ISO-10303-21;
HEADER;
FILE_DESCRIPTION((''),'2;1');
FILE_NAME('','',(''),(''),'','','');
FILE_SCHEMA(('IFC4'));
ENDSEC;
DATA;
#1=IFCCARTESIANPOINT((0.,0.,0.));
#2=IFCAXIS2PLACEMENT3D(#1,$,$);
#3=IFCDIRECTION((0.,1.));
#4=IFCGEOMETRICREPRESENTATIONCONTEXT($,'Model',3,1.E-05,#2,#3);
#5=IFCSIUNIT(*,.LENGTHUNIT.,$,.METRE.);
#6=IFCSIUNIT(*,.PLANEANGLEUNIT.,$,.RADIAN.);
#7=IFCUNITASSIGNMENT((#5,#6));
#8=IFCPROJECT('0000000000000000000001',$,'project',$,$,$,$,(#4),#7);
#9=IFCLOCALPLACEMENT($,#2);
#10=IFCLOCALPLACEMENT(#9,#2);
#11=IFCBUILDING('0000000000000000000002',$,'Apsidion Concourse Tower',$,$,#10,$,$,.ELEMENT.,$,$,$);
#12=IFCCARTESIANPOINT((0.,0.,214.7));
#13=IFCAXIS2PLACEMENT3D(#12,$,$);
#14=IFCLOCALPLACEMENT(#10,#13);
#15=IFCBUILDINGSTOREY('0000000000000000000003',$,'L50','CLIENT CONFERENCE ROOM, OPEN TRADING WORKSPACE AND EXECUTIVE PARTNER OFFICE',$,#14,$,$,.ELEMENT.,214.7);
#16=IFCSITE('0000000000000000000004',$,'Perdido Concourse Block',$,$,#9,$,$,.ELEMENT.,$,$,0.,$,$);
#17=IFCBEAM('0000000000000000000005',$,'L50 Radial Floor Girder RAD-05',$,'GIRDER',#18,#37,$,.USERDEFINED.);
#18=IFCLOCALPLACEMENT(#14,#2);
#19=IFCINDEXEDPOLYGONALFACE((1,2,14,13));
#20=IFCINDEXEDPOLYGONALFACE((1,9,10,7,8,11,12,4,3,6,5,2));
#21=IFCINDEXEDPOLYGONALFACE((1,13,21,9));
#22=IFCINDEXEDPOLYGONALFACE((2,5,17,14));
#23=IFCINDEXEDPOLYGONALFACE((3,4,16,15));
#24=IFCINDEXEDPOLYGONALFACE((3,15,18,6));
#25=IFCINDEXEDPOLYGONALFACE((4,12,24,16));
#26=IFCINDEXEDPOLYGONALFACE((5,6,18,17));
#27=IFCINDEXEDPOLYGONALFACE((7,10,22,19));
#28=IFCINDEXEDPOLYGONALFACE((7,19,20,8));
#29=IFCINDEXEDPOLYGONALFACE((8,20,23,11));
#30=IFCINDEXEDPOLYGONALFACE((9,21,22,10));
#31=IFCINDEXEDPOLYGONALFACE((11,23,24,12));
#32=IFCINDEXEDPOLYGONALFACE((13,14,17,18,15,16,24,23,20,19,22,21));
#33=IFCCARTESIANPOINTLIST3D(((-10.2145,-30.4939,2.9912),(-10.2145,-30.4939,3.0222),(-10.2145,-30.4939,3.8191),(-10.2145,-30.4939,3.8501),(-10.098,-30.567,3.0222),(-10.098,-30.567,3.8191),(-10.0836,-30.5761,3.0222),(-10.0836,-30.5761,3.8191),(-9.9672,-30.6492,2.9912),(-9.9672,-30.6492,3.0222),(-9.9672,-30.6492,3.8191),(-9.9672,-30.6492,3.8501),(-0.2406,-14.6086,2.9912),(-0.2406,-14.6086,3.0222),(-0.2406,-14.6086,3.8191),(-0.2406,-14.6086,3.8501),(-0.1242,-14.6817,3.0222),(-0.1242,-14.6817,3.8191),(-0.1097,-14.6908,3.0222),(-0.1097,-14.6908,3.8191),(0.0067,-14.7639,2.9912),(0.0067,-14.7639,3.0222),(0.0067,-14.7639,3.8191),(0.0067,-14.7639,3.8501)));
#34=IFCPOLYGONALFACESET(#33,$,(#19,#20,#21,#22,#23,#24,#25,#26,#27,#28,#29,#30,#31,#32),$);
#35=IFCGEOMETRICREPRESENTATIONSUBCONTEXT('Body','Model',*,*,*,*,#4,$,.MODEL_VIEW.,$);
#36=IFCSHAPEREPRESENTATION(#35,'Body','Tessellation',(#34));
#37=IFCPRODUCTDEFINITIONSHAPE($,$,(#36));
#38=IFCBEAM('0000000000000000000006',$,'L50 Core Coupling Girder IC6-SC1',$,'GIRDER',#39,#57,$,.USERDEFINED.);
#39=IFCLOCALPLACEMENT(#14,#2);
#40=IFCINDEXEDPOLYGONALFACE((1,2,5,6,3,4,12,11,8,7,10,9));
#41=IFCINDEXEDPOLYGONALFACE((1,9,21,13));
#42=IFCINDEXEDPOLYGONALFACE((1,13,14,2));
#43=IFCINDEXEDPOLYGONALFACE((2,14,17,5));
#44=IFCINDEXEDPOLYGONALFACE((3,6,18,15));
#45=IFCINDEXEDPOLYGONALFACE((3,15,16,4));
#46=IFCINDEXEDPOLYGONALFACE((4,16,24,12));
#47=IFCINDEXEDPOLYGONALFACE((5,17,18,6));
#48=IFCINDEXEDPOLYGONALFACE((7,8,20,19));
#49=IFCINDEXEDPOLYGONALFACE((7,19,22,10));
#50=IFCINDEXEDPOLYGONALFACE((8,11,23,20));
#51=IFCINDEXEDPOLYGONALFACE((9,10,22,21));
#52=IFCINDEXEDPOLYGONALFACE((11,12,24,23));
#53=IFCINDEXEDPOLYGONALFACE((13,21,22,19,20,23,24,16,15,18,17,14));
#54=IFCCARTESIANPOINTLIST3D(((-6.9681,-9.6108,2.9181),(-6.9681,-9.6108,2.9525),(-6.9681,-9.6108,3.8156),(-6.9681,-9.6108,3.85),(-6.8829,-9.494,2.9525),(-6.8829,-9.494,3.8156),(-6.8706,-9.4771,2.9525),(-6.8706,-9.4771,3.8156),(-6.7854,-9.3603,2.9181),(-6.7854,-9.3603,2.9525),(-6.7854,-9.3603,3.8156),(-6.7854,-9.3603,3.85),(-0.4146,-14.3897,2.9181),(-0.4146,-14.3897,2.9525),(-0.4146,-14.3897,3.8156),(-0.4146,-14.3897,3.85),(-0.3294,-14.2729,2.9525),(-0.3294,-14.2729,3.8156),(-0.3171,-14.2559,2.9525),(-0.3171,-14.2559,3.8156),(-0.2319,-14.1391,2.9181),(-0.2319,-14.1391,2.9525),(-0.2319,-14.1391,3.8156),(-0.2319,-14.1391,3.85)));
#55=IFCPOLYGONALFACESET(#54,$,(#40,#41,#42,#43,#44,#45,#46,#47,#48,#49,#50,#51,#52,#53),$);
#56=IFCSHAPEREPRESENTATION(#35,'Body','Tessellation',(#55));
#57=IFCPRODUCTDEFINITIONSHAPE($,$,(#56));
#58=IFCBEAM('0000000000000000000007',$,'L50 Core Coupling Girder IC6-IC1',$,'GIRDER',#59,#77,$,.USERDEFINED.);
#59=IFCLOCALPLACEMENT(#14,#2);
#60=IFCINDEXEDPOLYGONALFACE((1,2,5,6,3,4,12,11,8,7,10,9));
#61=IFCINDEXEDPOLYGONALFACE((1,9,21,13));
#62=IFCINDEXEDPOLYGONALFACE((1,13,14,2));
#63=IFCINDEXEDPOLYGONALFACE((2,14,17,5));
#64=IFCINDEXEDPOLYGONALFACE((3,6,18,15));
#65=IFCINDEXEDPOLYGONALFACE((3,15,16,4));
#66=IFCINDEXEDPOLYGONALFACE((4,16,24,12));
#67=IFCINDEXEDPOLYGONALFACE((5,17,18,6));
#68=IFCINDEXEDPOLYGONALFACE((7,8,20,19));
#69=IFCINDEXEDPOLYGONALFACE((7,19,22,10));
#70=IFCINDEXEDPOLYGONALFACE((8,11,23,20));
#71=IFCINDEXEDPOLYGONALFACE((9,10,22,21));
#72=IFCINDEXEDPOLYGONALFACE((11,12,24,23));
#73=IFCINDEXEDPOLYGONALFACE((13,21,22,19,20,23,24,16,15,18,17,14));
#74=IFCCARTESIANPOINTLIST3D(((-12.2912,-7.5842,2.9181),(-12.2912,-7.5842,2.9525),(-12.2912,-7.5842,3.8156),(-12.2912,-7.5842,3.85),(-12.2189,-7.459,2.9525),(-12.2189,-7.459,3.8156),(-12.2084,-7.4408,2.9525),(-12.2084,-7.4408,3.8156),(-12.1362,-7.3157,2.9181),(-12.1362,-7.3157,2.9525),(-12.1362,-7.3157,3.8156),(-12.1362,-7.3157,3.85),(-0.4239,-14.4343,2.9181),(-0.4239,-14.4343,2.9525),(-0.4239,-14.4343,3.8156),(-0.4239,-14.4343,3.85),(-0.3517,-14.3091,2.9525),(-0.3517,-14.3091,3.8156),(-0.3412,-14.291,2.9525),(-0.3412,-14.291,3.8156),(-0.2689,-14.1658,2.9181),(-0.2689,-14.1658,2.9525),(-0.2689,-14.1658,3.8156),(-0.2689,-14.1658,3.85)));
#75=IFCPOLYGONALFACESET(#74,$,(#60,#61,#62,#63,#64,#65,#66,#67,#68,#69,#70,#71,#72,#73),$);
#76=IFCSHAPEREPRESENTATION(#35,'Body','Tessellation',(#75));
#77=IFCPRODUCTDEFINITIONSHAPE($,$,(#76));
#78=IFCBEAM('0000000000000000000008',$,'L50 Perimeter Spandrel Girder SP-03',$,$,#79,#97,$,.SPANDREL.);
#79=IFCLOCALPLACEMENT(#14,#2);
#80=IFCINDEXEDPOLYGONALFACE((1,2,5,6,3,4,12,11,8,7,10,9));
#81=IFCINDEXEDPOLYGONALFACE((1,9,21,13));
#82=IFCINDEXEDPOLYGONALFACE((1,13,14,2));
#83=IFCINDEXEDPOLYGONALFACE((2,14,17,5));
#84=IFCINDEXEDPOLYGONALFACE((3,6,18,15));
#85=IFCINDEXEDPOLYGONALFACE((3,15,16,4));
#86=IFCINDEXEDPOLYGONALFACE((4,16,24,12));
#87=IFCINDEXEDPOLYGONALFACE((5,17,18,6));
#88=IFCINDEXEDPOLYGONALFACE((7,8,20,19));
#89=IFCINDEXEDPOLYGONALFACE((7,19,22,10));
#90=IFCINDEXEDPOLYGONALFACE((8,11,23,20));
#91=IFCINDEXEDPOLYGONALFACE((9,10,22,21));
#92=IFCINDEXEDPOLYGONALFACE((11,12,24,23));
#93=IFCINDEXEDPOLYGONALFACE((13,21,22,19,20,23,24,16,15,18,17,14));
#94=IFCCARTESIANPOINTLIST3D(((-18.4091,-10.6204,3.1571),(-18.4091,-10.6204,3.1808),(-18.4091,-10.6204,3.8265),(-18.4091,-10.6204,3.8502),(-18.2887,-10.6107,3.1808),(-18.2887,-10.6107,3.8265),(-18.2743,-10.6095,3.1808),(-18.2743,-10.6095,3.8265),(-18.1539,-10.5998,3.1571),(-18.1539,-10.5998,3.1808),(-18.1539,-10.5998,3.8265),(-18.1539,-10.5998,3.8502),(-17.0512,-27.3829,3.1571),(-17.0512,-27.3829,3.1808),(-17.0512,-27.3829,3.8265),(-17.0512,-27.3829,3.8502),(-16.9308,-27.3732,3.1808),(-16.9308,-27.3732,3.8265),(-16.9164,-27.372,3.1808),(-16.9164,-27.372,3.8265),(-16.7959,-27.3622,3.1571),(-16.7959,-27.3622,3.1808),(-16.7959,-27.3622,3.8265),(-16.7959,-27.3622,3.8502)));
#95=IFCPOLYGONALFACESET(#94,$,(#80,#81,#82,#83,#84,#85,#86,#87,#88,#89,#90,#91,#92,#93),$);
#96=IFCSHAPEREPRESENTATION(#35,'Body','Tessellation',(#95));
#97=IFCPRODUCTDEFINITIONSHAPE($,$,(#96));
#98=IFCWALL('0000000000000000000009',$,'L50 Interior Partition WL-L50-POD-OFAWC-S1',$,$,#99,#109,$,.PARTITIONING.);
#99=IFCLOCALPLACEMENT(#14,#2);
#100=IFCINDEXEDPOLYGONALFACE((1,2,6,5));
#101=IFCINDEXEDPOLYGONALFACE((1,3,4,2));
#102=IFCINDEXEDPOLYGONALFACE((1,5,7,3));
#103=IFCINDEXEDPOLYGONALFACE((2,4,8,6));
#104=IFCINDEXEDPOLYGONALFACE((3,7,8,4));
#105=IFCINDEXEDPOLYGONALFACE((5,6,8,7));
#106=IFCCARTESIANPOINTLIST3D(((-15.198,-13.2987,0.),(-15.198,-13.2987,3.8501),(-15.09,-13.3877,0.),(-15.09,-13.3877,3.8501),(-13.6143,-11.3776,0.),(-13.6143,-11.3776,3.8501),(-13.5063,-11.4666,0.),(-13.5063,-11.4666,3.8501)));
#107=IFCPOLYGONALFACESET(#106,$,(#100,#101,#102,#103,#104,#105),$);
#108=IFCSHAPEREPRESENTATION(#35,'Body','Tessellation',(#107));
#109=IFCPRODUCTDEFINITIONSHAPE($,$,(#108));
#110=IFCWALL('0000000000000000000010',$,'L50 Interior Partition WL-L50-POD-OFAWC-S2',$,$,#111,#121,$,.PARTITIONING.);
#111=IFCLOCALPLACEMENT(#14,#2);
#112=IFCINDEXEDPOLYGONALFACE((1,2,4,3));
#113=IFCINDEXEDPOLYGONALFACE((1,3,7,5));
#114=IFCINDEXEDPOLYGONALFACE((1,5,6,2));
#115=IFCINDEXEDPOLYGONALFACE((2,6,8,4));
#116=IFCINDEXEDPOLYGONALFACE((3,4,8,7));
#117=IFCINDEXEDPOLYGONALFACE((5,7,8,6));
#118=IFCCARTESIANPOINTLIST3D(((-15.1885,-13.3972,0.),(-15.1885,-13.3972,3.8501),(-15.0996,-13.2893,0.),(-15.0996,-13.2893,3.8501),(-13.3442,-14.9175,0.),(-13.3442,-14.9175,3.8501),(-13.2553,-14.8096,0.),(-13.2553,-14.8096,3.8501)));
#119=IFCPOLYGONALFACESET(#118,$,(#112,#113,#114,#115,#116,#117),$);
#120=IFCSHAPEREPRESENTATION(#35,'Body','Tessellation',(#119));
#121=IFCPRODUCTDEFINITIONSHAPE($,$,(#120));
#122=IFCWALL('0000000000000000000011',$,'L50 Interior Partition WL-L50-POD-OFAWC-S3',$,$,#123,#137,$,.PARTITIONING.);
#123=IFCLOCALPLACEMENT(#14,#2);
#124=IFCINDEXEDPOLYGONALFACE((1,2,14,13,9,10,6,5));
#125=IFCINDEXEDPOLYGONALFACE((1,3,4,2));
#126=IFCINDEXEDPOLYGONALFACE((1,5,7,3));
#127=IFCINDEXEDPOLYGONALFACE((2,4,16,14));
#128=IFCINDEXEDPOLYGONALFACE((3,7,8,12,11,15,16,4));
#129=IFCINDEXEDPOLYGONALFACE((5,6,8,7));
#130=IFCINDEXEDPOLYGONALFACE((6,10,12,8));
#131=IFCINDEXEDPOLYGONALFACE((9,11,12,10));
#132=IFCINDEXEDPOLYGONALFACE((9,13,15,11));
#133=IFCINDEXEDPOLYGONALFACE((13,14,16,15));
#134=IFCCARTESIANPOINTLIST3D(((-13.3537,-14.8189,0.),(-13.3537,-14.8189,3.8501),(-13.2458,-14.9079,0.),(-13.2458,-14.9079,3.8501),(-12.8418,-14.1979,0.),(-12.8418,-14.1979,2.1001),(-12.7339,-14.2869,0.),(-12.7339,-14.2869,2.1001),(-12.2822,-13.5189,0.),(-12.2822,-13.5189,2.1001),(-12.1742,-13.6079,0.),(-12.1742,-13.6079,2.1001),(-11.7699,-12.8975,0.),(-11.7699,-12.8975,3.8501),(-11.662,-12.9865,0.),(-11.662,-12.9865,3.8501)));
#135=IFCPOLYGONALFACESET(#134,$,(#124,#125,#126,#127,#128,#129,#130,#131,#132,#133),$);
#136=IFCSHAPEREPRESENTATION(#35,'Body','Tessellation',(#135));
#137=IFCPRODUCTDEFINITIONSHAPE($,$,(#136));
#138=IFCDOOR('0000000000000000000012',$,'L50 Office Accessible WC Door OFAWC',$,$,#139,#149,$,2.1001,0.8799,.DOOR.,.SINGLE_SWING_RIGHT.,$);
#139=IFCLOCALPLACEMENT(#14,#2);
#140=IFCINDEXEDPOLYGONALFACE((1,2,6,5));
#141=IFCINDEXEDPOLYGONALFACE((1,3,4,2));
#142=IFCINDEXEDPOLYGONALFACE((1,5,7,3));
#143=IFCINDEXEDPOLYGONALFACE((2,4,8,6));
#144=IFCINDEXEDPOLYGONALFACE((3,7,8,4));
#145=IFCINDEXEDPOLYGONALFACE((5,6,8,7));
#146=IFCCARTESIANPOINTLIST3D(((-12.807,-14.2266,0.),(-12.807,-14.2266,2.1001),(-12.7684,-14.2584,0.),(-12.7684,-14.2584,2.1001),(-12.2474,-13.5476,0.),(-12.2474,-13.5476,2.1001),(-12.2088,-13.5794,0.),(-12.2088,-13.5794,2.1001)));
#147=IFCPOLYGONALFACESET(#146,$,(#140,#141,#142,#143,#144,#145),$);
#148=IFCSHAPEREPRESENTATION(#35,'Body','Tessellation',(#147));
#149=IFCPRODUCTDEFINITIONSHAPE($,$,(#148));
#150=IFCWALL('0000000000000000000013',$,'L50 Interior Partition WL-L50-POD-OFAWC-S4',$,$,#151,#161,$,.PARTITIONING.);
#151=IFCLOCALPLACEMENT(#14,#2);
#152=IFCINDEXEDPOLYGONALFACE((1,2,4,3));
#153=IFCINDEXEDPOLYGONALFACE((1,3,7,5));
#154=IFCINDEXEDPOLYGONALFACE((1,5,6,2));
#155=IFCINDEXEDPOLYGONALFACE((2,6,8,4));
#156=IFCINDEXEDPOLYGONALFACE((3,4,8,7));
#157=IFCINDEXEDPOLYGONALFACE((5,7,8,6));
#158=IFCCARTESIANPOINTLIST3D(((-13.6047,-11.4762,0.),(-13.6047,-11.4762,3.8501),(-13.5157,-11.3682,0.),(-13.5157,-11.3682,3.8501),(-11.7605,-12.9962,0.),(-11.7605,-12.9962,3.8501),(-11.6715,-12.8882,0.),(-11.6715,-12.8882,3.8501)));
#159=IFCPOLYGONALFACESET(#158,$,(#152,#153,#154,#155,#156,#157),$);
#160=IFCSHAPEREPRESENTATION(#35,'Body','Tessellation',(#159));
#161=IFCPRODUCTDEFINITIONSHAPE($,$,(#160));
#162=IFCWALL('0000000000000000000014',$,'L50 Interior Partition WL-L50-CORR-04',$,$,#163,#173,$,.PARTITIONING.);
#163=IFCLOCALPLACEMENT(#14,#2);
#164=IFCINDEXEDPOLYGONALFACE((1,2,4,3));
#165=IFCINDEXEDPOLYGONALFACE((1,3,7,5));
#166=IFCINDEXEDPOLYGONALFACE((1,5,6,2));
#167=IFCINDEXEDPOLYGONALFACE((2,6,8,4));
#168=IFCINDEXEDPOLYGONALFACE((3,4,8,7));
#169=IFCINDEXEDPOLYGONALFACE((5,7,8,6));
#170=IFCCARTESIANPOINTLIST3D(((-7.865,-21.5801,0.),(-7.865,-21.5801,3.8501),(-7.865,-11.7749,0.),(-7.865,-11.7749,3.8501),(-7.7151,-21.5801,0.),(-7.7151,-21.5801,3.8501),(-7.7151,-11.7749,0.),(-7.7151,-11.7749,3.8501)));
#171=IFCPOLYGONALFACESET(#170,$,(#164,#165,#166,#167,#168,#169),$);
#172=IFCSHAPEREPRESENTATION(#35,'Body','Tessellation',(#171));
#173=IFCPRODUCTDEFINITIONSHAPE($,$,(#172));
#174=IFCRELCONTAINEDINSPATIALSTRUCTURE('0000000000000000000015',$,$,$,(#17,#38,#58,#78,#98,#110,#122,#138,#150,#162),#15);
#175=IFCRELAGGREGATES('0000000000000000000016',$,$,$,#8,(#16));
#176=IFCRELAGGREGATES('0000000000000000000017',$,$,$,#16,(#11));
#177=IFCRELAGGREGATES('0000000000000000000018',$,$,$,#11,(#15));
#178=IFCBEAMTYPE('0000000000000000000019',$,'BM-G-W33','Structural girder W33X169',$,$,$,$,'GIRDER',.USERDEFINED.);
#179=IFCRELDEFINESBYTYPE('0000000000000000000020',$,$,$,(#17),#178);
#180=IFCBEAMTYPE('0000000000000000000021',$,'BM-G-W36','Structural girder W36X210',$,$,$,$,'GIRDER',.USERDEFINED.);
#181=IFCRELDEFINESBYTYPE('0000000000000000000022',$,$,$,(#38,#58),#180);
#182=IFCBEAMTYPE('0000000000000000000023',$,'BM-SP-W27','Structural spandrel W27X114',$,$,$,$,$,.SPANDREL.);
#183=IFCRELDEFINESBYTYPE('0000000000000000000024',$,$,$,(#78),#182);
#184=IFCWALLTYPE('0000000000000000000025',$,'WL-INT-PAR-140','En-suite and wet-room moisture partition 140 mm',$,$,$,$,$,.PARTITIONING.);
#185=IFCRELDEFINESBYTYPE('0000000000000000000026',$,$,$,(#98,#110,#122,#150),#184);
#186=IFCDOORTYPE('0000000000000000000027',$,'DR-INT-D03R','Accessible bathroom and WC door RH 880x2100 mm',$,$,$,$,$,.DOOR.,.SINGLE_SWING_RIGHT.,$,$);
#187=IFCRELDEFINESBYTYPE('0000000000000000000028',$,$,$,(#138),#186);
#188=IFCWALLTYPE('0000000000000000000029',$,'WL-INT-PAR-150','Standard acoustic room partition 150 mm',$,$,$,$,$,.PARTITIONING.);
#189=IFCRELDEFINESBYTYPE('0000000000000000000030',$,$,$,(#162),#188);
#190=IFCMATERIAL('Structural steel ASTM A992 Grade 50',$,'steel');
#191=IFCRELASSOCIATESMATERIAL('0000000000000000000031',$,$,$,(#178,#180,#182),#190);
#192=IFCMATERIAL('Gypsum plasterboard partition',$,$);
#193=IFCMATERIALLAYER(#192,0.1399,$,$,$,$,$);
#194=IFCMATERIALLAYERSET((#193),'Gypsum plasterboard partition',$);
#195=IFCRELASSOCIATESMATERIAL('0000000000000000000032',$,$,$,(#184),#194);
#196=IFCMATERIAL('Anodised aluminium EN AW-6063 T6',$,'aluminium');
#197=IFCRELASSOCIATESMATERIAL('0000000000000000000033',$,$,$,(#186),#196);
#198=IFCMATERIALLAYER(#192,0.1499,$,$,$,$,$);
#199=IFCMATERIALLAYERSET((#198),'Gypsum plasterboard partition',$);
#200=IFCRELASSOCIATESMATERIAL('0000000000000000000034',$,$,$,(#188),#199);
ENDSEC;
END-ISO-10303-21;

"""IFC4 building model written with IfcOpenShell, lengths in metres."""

from ifc_helpers import new_model, si_unit, direction, frame, frame_2d, origin, origin_2d, place, context, subcontext, project, spatial, rectangle, i_section, extrude, material, layer, layer_set, material_profile, profile_set, type_object, element, fill, save


model = new_model("IFC4")

# Units and contexts
model_context = context("Model", 3, precision=1e-05, world=origin(), true_north=direction((0.0, 1.0)))
body_context = subcontext(model_context, "Body", "Model", "MODEL_VIEW")
ifc_project = project(units=[si_unit("LENGTHUNIT", "METRE"), si_unit("PLANEANGLEUNIT", "RADIAN")], contexts=[model_context])

# Site, building, storey
site_placement = place(None, origin())
site = spatial("IfcSite", under=ifc_project, at=site_placement, Name="Perdido Concourse Block", CompositionType="ELEMENT", RefElevation=0.0)
building_placement = place(site_placement, origin())
building = spatial("IfcBuilding", under=site, at=building_placement, Name="Apsidion Concourse Tower", CompositionType="ELEMENT")
storey_placement = place(building_placement, frame((0.0, 0.0, 214.7)))
storey = spatial("IfcBuildingStorey", under=building, at=storey_placement, Name="L50", Description="CLIENT CONFERENCE ROOM, OPEN TRADING WORKSPACE AND EXECUTIVE PARTNER OFFICE", CompositionType="ELEMENT", Elevation=214.7)

# Beams
ifc_material_1 = material(Name="Structural steel ASTM A992 Grade 50", Category="steel")
ifc_material_profile_1 = material_profile(ifc_material_1, i_section(OverallWidth=0.292, OverallDepth=0.8589, WebThickness=0.0171, FlangeThickness=0.031, at=origin_2d()), Name="W33X169")
ifc_profile_set_1 = profile_set([ifc_material_profile_1], Name="Structural steel ASTM A992 Grade 50")
beam_type_1 = type_object("IfcBeamType", Name="BM-G-W33", Description="Structural girder W33X169", ElementType="GIRDER", PredefinedType="USERDEFINED", material=ifc_profile_set_1)
beam_1_placement = place(storey_placement, frame((-0.1169, -14.6863, 3.4207), z_axis=(-0.531746, -0.846904, 0.0), x_axis=(0.846904, -0.531746, 0.0)))
element("IfcBeam", 1, at=beam_1_placement, inside=storey, type_object=beam_type_1, Name="L50 Radial Floor Girder RAD-05", ObjectType="GIRDER", PredefinedType="USERDEFINED", context=body_context, shape_type="SweptSolid", body=[
    extrude(i_section(OverallWidth=0.292, OverallDepth=0.8589, WebThickness=0.0171, FlangeThickness=0.031, at=origin_2d()), origin(), (0.0, 0.0, 1.0), 18.7568),
])
ifc_material_profile_2 = material_profile(ifc_material_1, i_section(OverallWidth=0.3101, OverallDepth=0.9319, WebThickness=0.021, FlangeThickness=0.0344, at=origin_2d()), Name="W36X210")
ifc_profile_set_2 = profile_set([ifc_material_profile_2], Name="Structural steel ASTM A992 Grade 50")
beam_type_2 = type_object("IfcBeamType", Name="BM-G-W36", Description="Structural girder W36X210", ElementType="GIRDER", PredefinedType="USERDEFINED", material=ifc_profile_set_2)
beam_2_placement = place(storey_placement, frame((-0.3232, -14.2644, 3.384), z_axis=(-0.807993, 0.589191, 0.0), x_axis=(-0.589191, -0.807993, 0.0)))
element("IfcBeam", 2, at=beam_2_placement, inside=storey, type_object=beam_type_2, Name="L50 Core Coupling Girder IC6-SC1", ObjectType="GIRDER", PredefinedType="USERDEFINED", context=body_context, shape_type="SweptSolid", body=[
    extrude(i_section(OverallWidth=0.3101, OverallDepth=0.9319, WebThickness=0.021, FlangeThickness=0.0344, at=origin_2d()), origin(), (0.0, 0.0, 1.0), 8.1108),
])
beam_3_placement = place(storey_placement, frame((-0.3464, -14.3, 3.384), z_axis=(-0.86607, 0.499922, 0.0), x_axis=(-0.499922, -0.86607, 0.0)))
element("IfcBeam", 3, at=beam_3_placement, inside=storey, type_object=beam_type_2, Name="L50 Core Coupling Girder IC6-IC1", ObjectType="GIRDER", PredefinedType="USERDEFINED", context=body_context, shape_type="SweptSolid", body=[
    extrude(i_section(OverallWidth=0.3101, OverallDepth=0.9319, WebThickness=0.021, FlangeThickness=0.0344, at=origin_2d()), origin(), (0.0, 0.0, 1.0), 13.7024),
])
ifc_material_profile_3 = material_profile(ifc_material_1, i_section(OverallWidth=0.2561, OverallDepth=0.6931, WebThickness=0.0144, FlangeThickness=0.0237, at=origin_2d()), Name="W27X114")
ifc_profile_set_3 = profile_set([ifc_material_profile_3], Name="Structural steel ASTM A992 Grade 50")
beam_type_3 = type_object("IfcBeamType", Name="BM-SP-W27", Description="Structural spandrel W27X114", PredefinedType="SPANDREL", material=ifc_profile_set_3)
beam_4_placement = place(storey_placement, frame((-18.2815, -10.6101, 3.5037), z_axis=(0.080745, -0.996735, 0.0), x_axis=(0.996735, 0.080745, 0.0)))
element("IfcBeam", 4, at=beam_4_placement, inside=storey, type_object=beam_type_3, Name="L50 Perimeter Spandrel Girder SP-03", PredefinedType="SPANDREL", context=body_context, shape_type="SweptSolid", body=[
    extrude(i_section(OverallWidth=0.2561, OverallDepth=0.6931, WebThickness=0.0144, FlangeThickness=0.0237, at=origin_2d()), origin(), (0.0, 0.0, 1.0), 16.8174),
])

# Walls
ifc_material_2 = material(Name="Gypsum plasterboard partition")
ifc_layer_1 = layer(ifc_material_2, 0.1399)
ifc_layer_set_1 = layer_set([ifc_layer_1], Name="Gypsum plasterboard partition")
wall_type_1 = type_object("IfcWallType", Name="WL-INT-PAR-140", Description="En-suite and wet-room moisture partition 140 mm", PredefinedType="PARTITIONING", material=ifc_layer_set_1)
wall_1_placement = place(storey_placement, frame((-13.5603, -11.4221, 0.0), z_axis=(0.0, 0.0, 1.0), x_axis=(-0.636096, -0.77161, 0.0)))
element("IfcWall", 5, at=wall_1_placement, inside=storey, type_object=wall_type_1, Name="L50 Interior Partition WL-L50-POD-OFAWC-S1", PredefinedType="PARTITIONING", context=body_context, shape_type="SweptSolid", body=[
    extrude(rectangle(XDim=2.4897, YDim=0.1399, at=frame_2d((1.2449, 0.0))), origin(), (0.0, 0.0, 1.0), 3.8501),
])
wall_2_placement = place(storey_placement, frame((-15.144, -13.3433, 0.0), z_axis=(0.0, 0.0, 1.0), x_axis=(0.771626, -0.636076, 0.0)))
element("IfcWall", 6, at=wall_2_placement, inside=storey, type_object=wall_type_1, Name="L50 Interior Partition WL-L50-POD-OFAWC-S2", PredefinedType="PARTITIONING", context=body_context, shape_type="SweptSolid", body=[
    extrude(rectangle(XDim=2.3901, YDim=0.1399, at=frame_2d((1.1951, 0.0))), origin(), (0.0, 0.0, 1.0), 3.8501),
])

# Wall, opening, door
wall_3_placement = place(storey_placement, frame((-13.2998, -14.8635, 0.0), z_axis=(0.0, 0.0, 1.0), x_axis=(0.636047, 0.77165, 0.0)))
wall_3 = element("IfcWall", 7, at=wall_3_placement, inside=storey, type_object=wall_type_1, Name="L50 Interior Partition WL-L50-POD-OFAWC-S3", PredefinedType="PARTITIONING", context=body_context, shape_type="SweptSolid", body=[
    extrude(rectangle(XDim=2.49, YDim=0.1399, at=frame_2d((1.2451, 0.0))), origin(), (0.0, 0.0, 1.0), 3.8501),
])
opening_1_placement = place(wall_3_placement, frame((0.8049, 0.0, 0.0)))
opening_1 = element("IfcOpeningElement", 8, at=opening_1_placement, cuts=wall_3, PredefinedType="OPENING", context=body_context, shape_type="SweptSolid", body=[
    extrude(rectangle(XDim=0.8799, YDim=2.1001, at=frame_2d((0.4399, 1.05))), frame((0.0, 0.0801, 0.0), z_axis=(0.0, -1.0, 0.0), x_axis=(1.0, 0.0, 0.0)), (0.0, 0.0, 1.0), 0.1599),
])
ifc_material_3 = material(Name="Anodised aluminium EN AW-6063 T6", Category="aluminium")
door_type_1 = type_object("IfcDoorType", Name="DR-INT-D03R", Description="Accessible bathroom and WC door RH 880x2100 mm", OperationType="SINGLE_SWING_RIGHT", PredefinedType="DOOR", material=ifc_material_3)
door_1_placement = place(opening_1_placement, origin())
door_1 = element("IfcDoor", 9, at=door_1_placement, inside=storey, type_object=door_type_1, Name="L50 Office Accessible WC Door OFAWC", OperationType="SINGLE_SWING_RIGHT", OverallHeight=2.1001, OverallWidth=0.8799, PredefinedType="DOOR", context=body_context, shape_type="SweptSolid", body=[
    extrude(rectangle(XDim=0.8799, YDim=2.1001, at=frame_2d((0.4399, 1.05))), frame((0.0, 0.0249, 0.0), z_axis=(0.0, -1.0, 0.0), x_axis=(1.0, 0.0, 0.0)), (0.0, 0.0, 1.0), 0.05),
])
fill(opening_1, door_1)

# Walls
wall_4_placement = place(storey_placement, frame((-11.7161, -12.9421, 0.0), z_axis=(0.0, 0.0, 1.0), x_axis=(-0.771677, 0.636015, 0.0)))
element("IfcWall", 10, at=wall_4_placement, inside=storey, type_object=wall_type_1, Name="L50 Interior Partition WL-L50-POD-OFAWC-S4", PredefinedType="PARTITIONING", context=body_context, shape_type="SweptSolid", body=[
    extrude(rectangle(XDim=2.3899, YDim=0.1399, at=frame_2d((1.1948, 0.0))), origin(), (0.0, 0.0, 1.0), 3.8501),
])
ifc_layer_2 = layer(ifc_material_2, 0.1499)
ifc_layer_set_2 = layer_set([ifc_layer_2], Name="Gypsum plasterboard partition")
wall_type_2 = type_object("IfcWallType", Name="WL-INT-PAR-150", Description="Standard acoustic room partition 150 mm", PredefinedType="PARTITIONING", material=ifc_layer_set_2)
wall_5_placement = place(storey_placement, frame((-7.79, -11.7749, 0.0), z_axis=(0.0, 0.0, 1.0), x_axis=(0.0, -1.0, 0.0)))
element("IfcWall", 11, at=wall_5_placement, inside=storey, type_object=wall_type_2, Name="L50 Interior Partition WL-L50-CORR-04", PredefinedType="PARTITIONING", context=body_context, shape_type="SweptSolid", body=[
    extrude(rectangle(XDim=9.8052, YDim=0.1499, at=frame_2d((4.9026, 0.0))), origin(), (0.0, 0.0, 1.0), 3.8501),
])

save(model, "model.ifc")
